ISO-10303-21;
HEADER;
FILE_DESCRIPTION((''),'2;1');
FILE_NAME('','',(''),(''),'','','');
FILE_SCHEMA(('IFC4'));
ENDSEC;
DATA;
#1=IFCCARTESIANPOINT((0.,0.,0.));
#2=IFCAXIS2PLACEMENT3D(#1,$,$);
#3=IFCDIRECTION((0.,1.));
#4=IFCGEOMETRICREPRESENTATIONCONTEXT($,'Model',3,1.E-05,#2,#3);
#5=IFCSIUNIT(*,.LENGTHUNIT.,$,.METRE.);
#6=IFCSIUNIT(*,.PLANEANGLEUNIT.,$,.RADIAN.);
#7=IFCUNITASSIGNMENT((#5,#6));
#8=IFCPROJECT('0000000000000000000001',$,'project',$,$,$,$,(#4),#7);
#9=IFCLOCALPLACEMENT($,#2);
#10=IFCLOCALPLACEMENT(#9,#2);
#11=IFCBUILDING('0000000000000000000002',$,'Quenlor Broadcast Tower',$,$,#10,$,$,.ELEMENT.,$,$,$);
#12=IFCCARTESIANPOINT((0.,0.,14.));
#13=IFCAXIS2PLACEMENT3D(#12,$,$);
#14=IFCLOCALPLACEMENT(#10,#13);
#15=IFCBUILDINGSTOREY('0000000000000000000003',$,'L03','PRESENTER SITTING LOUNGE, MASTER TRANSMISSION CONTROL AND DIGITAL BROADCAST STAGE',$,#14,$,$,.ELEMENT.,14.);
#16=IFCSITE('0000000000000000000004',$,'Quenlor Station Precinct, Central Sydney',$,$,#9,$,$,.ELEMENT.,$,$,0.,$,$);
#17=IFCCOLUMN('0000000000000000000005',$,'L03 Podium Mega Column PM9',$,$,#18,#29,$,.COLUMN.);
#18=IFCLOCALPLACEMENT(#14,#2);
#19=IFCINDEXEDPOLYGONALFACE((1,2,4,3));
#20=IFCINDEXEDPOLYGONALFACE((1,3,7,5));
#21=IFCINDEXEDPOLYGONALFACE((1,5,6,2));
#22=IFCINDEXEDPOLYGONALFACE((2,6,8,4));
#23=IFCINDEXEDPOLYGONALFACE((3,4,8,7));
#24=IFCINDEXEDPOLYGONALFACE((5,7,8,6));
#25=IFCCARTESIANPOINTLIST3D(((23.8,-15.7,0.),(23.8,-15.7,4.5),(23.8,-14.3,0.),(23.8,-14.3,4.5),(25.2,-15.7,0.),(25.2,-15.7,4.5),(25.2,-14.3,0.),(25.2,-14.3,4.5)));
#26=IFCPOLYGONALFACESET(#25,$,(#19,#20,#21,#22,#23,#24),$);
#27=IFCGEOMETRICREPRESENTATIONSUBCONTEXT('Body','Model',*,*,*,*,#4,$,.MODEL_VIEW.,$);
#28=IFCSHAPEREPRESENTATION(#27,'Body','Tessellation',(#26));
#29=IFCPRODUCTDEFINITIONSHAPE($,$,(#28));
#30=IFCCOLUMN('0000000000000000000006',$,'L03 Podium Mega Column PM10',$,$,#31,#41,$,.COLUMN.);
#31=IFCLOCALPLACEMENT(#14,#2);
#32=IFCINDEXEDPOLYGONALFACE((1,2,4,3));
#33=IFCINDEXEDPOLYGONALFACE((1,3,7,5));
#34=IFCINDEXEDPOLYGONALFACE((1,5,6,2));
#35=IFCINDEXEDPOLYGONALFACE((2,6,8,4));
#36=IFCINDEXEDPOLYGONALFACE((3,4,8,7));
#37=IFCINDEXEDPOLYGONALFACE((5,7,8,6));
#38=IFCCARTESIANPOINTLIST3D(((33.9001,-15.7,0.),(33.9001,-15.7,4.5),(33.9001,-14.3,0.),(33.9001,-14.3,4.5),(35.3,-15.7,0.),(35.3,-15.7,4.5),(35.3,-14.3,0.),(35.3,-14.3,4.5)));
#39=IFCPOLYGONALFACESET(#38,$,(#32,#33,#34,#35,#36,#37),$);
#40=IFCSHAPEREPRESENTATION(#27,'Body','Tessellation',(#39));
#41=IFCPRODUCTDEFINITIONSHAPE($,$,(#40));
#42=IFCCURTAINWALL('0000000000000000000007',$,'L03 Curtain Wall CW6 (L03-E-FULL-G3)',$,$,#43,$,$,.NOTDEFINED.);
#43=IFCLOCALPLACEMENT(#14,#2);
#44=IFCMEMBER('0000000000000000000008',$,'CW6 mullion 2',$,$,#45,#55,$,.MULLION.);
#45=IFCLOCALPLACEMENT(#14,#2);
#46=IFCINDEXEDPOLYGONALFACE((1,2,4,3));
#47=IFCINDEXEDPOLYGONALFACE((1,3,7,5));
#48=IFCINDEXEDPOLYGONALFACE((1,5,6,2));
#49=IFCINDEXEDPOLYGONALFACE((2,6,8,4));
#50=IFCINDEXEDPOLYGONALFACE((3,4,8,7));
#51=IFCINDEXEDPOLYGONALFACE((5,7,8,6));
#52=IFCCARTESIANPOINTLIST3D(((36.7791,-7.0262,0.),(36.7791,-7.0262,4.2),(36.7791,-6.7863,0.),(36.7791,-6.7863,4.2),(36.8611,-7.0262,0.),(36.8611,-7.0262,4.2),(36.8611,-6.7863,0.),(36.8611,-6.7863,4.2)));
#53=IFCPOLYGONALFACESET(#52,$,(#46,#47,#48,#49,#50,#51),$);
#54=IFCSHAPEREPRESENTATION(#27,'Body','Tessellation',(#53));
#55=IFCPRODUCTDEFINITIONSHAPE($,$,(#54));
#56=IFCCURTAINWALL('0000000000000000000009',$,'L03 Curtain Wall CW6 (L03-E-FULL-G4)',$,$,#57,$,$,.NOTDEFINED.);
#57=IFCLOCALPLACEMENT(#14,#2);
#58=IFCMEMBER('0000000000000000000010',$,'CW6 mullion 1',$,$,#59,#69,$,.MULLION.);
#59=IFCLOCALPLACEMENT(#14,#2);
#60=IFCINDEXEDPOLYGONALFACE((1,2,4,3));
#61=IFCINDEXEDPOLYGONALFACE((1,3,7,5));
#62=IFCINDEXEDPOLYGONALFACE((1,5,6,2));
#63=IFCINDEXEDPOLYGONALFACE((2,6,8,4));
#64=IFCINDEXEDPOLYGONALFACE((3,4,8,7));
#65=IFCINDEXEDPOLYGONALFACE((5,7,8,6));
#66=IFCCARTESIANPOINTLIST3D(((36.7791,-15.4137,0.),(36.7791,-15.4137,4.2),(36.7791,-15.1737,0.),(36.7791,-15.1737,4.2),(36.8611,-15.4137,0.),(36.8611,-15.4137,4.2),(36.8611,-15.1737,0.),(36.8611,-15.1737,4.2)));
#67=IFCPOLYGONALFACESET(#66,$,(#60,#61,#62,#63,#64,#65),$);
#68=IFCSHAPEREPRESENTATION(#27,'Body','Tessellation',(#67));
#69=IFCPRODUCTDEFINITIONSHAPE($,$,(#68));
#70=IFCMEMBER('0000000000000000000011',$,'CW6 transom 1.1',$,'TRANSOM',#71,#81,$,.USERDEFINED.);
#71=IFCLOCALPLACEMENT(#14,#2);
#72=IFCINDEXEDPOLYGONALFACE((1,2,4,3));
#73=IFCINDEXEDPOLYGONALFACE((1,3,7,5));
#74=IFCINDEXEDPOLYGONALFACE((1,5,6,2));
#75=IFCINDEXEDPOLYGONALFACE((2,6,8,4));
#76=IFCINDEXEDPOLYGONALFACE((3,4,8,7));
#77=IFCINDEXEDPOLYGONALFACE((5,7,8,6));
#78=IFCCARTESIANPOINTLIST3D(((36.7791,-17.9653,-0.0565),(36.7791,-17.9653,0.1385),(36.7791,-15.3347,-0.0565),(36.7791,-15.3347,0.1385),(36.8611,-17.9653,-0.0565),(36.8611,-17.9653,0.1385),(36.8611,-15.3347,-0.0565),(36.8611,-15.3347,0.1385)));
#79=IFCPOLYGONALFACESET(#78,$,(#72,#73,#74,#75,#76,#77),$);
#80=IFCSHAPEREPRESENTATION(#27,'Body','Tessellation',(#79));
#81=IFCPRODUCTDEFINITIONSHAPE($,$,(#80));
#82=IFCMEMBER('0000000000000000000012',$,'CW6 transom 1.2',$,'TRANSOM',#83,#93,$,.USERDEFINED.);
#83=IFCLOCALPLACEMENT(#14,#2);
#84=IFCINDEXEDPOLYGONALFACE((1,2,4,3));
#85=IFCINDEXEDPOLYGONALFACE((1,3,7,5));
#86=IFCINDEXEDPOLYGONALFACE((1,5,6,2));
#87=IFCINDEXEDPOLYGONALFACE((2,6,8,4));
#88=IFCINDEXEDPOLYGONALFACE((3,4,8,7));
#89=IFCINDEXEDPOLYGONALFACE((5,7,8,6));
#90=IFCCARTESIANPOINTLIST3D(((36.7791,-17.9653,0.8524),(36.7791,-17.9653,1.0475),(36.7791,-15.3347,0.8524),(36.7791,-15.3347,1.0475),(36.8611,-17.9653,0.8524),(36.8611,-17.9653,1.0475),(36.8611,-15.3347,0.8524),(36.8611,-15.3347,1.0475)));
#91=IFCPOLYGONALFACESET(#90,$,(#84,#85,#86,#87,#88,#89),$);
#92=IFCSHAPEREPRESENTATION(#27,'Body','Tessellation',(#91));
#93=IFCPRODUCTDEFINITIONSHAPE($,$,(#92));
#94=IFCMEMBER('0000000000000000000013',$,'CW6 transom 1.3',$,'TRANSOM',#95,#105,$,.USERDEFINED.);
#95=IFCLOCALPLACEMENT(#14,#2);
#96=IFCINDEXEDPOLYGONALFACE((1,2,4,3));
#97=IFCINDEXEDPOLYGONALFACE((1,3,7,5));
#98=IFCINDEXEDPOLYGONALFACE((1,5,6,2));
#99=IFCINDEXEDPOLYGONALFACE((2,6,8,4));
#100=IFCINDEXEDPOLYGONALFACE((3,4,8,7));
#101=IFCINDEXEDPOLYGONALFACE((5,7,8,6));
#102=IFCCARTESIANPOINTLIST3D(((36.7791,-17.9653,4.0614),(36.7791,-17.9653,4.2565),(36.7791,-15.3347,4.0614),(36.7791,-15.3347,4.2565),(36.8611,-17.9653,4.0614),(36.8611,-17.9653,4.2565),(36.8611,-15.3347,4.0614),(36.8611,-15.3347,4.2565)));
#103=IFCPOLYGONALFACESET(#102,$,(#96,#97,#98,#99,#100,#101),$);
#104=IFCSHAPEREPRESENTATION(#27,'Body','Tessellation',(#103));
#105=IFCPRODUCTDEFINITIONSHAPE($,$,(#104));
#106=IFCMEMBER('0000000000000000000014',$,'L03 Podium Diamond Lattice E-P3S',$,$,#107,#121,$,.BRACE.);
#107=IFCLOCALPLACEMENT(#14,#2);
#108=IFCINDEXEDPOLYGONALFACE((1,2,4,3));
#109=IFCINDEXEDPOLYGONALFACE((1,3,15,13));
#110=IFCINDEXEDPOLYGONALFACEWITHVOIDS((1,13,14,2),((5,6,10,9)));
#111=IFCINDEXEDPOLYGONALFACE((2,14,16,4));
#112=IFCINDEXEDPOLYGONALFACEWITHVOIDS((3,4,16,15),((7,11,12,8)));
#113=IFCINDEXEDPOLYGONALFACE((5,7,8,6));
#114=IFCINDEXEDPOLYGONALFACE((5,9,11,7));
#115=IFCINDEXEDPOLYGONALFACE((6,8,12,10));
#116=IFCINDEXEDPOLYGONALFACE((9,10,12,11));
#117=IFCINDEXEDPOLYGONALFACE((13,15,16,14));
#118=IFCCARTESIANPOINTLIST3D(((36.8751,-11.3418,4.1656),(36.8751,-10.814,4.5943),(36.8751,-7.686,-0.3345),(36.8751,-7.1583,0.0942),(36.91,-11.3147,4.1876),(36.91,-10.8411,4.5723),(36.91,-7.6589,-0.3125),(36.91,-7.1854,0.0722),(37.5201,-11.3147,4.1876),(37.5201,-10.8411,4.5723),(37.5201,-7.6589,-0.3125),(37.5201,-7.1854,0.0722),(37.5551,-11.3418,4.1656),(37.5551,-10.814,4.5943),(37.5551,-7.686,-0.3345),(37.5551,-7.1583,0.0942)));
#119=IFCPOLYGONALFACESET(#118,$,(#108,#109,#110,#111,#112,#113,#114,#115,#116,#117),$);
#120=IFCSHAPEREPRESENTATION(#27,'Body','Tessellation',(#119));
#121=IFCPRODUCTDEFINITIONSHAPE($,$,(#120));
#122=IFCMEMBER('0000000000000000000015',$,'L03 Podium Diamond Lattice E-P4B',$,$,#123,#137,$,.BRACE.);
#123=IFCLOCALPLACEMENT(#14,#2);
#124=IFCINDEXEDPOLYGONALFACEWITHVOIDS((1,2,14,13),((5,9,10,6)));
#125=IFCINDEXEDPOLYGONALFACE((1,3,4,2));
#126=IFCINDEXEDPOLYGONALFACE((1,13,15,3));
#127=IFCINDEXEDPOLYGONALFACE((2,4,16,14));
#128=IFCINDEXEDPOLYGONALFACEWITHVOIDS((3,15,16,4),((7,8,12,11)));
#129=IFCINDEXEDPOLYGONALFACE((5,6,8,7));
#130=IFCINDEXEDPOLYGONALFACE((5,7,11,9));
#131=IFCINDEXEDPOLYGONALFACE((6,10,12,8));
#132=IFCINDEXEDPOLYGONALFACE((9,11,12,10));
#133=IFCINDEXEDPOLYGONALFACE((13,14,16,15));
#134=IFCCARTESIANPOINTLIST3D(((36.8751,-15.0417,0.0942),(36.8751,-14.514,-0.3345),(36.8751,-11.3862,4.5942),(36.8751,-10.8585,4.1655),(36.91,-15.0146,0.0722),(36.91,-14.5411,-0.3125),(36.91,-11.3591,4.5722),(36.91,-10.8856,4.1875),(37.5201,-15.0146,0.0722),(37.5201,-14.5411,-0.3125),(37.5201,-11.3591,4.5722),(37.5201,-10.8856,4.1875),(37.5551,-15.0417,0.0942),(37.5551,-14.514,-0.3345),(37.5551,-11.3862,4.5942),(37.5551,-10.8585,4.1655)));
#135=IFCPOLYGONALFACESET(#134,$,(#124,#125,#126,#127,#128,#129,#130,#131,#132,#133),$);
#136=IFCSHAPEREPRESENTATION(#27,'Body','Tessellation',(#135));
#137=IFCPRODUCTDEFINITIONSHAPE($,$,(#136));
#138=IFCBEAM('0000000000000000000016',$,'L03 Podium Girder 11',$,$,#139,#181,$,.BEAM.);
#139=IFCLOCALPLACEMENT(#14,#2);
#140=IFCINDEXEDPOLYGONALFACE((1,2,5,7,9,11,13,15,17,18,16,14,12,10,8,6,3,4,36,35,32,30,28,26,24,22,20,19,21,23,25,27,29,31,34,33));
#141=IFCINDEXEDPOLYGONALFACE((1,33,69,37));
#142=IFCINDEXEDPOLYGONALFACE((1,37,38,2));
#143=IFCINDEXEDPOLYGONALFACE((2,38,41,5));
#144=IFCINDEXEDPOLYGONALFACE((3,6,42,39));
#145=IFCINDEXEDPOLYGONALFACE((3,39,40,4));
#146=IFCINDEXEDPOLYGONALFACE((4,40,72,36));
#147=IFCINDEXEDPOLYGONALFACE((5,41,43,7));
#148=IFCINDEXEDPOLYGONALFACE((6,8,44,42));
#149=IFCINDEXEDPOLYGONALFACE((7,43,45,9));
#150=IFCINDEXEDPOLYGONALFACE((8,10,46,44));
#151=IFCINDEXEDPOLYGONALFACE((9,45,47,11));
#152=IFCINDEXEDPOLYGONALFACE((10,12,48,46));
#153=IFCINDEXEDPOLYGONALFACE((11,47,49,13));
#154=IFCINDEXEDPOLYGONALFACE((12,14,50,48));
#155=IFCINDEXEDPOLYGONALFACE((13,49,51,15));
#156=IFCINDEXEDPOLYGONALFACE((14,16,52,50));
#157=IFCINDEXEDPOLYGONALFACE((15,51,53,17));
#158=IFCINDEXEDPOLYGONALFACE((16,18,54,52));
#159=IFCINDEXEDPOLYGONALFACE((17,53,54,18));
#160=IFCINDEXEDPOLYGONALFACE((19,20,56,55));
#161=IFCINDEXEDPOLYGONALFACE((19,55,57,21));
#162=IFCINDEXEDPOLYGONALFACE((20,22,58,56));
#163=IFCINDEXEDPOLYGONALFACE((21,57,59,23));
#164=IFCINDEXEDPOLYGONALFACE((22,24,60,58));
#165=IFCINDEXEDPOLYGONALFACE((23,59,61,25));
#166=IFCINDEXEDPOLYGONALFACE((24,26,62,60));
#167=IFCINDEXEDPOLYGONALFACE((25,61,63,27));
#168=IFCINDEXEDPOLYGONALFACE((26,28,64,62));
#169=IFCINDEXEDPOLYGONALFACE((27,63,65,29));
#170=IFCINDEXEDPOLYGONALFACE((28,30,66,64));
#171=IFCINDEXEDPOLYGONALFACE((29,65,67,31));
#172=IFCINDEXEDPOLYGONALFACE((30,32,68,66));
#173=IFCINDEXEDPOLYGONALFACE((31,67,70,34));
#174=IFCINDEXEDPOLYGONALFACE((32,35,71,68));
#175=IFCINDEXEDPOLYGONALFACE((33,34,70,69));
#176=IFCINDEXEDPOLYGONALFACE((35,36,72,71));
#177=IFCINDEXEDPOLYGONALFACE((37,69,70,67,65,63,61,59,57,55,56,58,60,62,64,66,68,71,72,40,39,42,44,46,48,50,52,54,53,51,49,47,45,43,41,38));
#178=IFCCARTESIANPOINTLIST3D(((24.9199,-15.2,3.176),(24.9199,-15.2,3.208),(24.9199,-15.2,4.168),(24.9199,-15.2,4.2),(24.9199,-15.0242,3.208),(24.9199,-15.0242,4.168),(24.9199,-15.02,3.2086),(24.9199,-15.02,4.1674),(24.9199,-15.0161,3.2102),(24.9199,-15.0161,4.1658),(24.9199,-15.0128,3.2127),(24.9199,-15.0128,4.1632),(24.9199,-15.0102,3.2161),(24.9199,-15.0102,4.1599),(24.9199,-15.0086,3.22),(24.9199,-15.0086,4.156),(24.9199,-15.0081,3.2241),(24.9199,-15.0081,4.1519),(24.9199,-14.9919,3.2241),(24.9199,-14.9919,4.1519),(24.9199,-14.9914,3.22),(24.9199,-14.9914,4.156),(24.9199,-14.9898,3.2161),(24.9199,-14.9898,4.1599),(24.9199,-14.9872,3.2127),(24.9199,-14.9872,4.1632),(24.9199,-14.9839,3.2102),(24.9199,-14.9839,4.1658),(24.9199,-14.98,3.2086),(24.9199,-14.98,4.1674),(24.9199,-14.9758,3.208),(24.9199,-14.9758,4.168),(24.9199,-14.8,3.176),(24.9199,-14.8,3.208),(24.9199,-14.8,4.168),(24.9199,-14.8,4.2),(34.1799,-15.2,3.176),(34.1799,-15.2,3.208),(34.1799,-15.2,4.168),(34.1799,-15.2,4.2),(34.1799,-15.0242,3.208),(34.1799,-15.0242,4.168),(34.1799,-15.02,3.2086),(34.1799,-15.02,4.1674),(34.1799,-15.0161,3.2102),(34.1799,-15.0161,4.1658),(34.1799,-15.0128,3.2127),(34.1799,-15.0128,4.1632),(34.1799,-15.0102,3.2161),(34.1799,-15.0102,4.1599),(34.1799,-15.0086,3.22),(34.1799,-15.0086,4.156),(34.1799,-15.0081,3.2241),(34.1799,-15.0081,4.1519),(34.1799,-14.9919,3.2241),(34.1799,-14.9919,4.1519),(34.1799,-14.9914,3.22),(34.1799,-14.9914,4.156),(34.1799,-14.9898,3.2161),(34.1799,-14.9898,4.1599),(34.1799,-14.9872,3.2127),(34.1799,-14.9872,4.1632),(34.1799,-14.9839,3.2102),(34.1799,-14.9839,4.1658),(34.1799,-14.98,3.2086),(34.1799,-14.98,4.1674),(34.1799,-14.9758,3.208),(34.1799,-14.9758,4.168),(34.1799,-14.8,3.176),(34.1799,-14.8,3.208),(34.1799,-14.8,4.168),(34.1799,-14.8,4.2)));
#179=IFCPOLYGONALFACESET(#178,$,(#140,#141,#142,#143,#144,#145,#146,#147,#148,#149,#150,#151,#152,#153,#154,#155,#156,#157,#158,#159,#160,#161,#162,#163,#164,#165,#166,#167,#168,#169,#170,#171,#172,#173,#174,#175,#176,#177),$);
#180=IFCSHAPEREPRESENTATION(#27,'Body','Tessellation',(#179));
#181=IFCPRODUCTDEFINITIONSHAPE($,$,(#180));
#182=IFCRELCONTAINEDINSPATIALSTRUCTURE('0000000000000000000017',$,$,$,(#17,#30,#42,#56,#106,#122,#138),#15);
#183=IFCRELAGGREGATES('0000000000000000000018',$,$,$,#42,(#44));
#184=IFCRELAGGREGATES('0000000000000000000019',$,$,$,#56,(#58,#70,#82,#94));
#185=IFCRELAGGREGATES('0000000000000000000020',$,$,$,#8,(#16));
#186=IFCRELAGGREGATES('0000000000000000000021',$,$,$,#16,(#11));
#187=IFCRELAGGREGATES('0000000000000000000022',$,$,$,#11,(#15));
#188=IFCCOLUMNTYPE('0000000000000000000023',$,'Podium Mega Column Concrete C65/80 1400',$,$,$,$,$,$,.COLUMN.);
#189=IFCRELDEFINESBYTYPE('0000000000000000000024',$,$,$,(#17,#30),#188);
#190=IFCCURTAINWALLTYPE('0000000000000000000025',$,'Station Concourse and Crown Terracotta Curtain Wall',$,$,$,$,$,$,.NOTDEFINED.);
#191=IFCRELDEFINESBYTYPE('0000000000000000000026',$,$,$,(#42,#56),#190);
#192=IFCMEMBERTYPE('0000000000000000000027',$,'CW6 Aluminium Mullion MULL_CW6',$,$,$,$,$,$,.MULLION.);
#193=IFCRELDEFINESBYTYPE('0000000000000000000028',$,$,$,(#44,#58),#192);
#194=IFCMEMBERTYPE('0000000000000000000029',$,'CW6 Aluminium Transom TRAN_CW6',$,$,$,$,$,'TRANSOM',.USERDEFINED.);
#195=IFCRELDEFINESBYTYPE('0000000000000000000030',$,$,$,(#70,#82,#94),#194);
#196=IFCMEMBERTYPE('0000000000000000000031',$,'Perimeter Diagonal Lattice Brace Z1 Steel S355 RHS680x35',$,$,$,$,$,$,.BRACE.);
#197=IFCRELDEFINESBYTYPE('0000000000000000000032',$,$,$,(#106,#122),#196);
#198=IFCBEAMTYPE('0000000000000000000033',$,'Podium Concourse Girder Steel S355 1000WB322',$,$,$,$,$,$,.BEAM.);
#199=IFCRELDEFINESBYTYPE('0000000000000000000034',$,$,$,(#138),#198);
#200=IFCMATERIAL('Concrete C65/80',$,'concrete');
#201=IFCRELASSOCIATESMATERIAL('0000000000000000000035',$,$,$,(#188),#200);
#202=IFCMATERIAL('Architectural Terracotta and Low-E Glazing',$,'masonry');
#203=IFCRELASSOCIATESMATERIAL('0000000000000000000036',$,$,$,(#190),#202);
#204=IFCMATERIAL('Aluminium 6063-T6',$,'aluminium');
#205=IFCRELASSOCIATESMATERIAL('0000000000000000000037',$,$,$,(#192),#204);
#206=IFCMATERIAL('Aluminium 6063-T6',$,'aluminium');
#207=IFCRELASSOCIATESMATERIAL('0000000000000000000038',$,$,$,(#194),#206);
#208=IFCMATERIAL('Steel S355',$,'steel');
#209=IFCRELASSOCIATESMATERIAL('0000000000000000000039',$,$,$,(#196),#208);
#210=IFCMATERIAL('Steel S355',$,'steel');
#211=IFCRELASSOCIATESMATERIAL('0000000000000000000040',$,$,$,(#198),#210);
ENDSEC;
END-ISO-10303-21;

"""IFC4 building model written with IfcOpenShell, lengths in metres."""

from ifc_helpers import new_model, si_unit, direction, frame, origin, origin_2d, place, context, subcontext, project, spatial, rectangle, hollow_rectangle, i_section, extrude, material, material_profile, profile_set, type_object, element, aggregate, save


model = new_model("IFC4")

# Units and contexts
model_context = context("Model", 3, precision=1e-05, world=origin(), true_north=direction((0.0, 1.0)))
body_context = subcontext(model_context, "Body", "Model", "MODEL_VIEW")
ifc_project = project(units=[si_unit("LENGTHUNIT", "METRE"), si_unit("PLANEANGLEUNIT", "RADIAN")], contexts=[model_context])

# Site, building, storey
site_placement = place(None, origin())
site = spatial("IfcSite", under=ifc_project, at=site_placement, Name="Quenlor Station Precinct, Central Sydney", CompositionType="ELEMENT", RefElevation=0.0)
building_placement = place(site_placement, origin())
building = spatial("IfcBuilding", under=site, at=building_placement, Name="Quenlor Broadcast Tower", CompositionType="ELEMENT")
storey_placement = place(building_placement, frame((0.0, 0.0, 14.0)))
storey = spatial("IfcBuildingStorey", under=building, at=storey_placement, Name="L03", Description="PRESENTER SITTING LOUNGE, MASTER TRANSMISSION CONTROL AND DIGITAL BROADCAST STAGE", CompositionType="ELEMENT", Elevation=14.0)

# Columns
ifc_material_1 = material(Name="Concrete C65/80", Category="concrete")
ifc_material_profile_1 = material_profile(ifc_material_1, rectangle(XDim=1.3999, YDim=1.3999, at=origin_2d()))
ifc_profile_set_1 = profile_set([ifc_material_profile_1], Name="Concrete C65/80 RC1400x1400")
column_type = type_object("IfcColumnType", Name="Podium Mega Column Concrete C65/80 1400", PredefinedType="COLUMN", material=ifc_profile_set_1)
for number, where, z_axis, x_axis, name in (
    (1, (24.5, -15.0, 0.0), (0.0, 0.0, 1.0), (1.0, 0.0, 0.0), "L03 Podium Mega Column PM9"),
    (2, (34.6001, -15.0, 0.0), (0.0, 0.0, 1.0), (1.0, 0.0, 0.0), "L03 Podium Mega Column PM10"),
):
    element("IfcColumn", number, at=place(storey_placement, frame(where, z_axis=z_axis, x_axis=x_axis)), inside=storey, type_object=column_type, Name=name, PredefinedType="COLUMN", context=body_context, shape_type="SweptSolid", body=[
        extrude(rectangle(XDim=1.3999, YDim=1.3999, at=origin_2d()), origin(), (0.0, 0.0, 1.0), 4.5),
    ])

# Curtain wall, member
ifc_material_2 = material(Name="Architectural Terracotta and Low-E Glazing", Category="masonry")
curtain_wall_type = type_object("IfcCurtainWallType", Name="Station Concourse and Crown Terracotta Curtain Wall", PredefinedType="NOTDEFINED", material=ifc_material_2)
curtain_wall_1_placement = place(storey_placement, origin())
curtain_wall_1 = element("IfcCurtainWall", 3, at=curtain_wall_1_placement, inside=storey, type_object=curtain_wall_type, Name="L03 Curtain Wall CW6 (L03-E-FULL-G3)", PredefinedType="NOTDEFINED")
ifc_material_3 = material(Name="Aluminium 6063-T6", Category="aluminium")
ifc_material_profile_2 = material_profile(ifc_material_3, rectangle(XDim=0.082, YDim=0.24, at=origin_2d()))
ifc_profile_set_2 = profile_set([ifc_material_profile_2], Name="Aluminium 6063-T6 MULL82x240")
member_type_1 = type_object("IfcMemberType", Name="CW6 Aluminium Mullion MULL_CW6", PredefinedType="MULLION", material=ifc_profile_set_2)
member_1_placement = place(storey_placement, frame((36.8201, -6.9062, 0.0), z_axis=(0.0, 0.0, 1.0), x_axis=(1.0, 0.0, 0.0)))
member_1 = element("IfcMember", 4, at=member_1_placement, type_object=member_type_1, Name="CW6 mullion 2", PredefinedType="MULLION", context=body_context, shape_type="SweptSolid", body=[
    extrude(rectangle(XDim=0.082, YDim=0.24, at=origin_2d()), origin(), (0.0, 0.0, 1.0), 4.2),
])
aggregate(curtain_wall_1, [member_1])

# Curtain wall, members
curtain_wall_2_placement = place(storey_placement, origin())
curtain_wall_2 = element("IfcCurtainWall", 5, at=curtain_wall_2_placement, inside=storey, type_object=curtain_wall_type, Name="L03 Curtain Wall CW6 (L03-E-FULL-G4)", PredefinedType="NOTDEFINED")
member_2_placement = place(storey_placement, frame((36.8201, -15.2937, 0.0), z_axis=(0.0, 0.0, 1.0), x_axis=(1.0, 0.0, 0.0)))
member_2 = element("IfcMember", 6, at=member_2_placement, type_object=member_type_1, Name="CW6 mullion 1", PredefinedType="MULLION", context=body_context, shape_type="SweptSolid", body=[
    extrude(rectangle(XDim=0.082, YDim=0.24, at=origin_2d()), origin(), (0.0, 0.0, 1.0), 4.2),
])
ifc_material_4 = material(Name="Aluminium 6063-T6", Category="aluminium")
ifc_material_profile_3 = material_profile(ifc_material_4, rectangle(XDim=0.082, YDim=0.1951, at=origin_2d()))
ifc_profile_set_3 = profile_set([ifc_material_profile_3], Name="Aluminium 6063-T6 TRAN82x195")
member_type_2 = type_object("IfcMemberType", Name="CW6 Aluminium Transom TRAN_CW6", ElementType="TRANSOM", PredefinedType="USERDEFINED", material=ifc_profile_set_3)
member_3_placement = place(storey_placement, frame((36.8201, -15.3347, 0.041), z_axis=(0.0, -1.0, 0.0), x_axis=(1.0, 0.0, 0.0)))
member_3 = element("IfcMember", 7, at=member_3_placement, type_object=member_type_2, Name="CW6 transom 1.1", ObjectType="TRANSOM", PredefinedType="USERDEFINED", context=body_context, shape_type="SweptSolid", body=[
    extrude(rectangle(XDim=0.082, YDim=0.1951, at=origin_2d()), origin(), (0.0, 0.0, 1.0), 2.6306),
])
member_4_placement = place(storey_placement, frame((36.8201, -15.3347, 0.95), z_axis=(0.0, -1.0, 0.0), x_axis=(1.0, 0.0, 0.0)))
member_4 = element("IfcMember", 8, at=member_4_placement, type_object=member_type_2, Name="CW6 transom 1.2", ObjectType="TRANSOM", PredefinedType="USERDEFINED", context=body_context, shape_type="SweptSolid", body=[
    extrude(rectangle(XDim=0.082, YDim=0.1951, at=origin_2d()), origin(), (0.0, 0.0, 1.0), 2.6306),
])
member_5_placement = place(storey_placement, frame((36.8201, -15.3347, 4.1589), z_axis=(0.0, -1.0, 0.0), x_axis=(1.0, 0.0, 0.0)))
member_5 = element("IfcMember", 9, at=member_5_placement, type_object=member_type_2, Name="CW6 transom 1.3", ObjectType="TRANSOM", PredefinedType="USERDEFINED", context=body_context, shape_type="SweptSolid", body=[
    extrude(rectangle(XDim=0.082, YDim=0.1951, at=origin_2d()), origin(), (0.0, 0.0, 1.0), 2.6306),
])
aggregate(curtain_wall_2, [member_2, member_3, member_4, member_5])

# Members
ifc_material_5 = material(Name="Steel S355", Category="steel")
ifc_material_profile_4 = material_profile(ifc_material_5, hollow_rectangle(XDim=0.6799, YDim=0.6799, WallThickness=0.0349, at=origin_2d()))
ifc_profile_set_4 = profile_set([ifc_material_profile_4], Name="Steel S355 RHS680x680x35")
member_type_3 = type_object("IfcMemberType", Name="Perimeter Diagonal Lattice Brace Z1 Steel S355 RHS680x35", PredefinedType="BRACE", material=ifc_profile_set_4)
member_6_placement = place(storey_placement, frame((37.2151, -7.4221, -0.1201), z_axis=(0.0, -0.630542, 0.776155), x_axis=(1.0, 0.0, 0.0)))
element("IfcMember", 10, at=member_6_placement, inside=storey, type_object=member_type_3, Name="L03 Podium Diamond Lattice E-P3S", PredefinedType="BRACE", context=body_context, shape_type="SweptSolid", body=[
    extrude(hollow_rectangle(XDim=0.6799, YDim=0.6799, WallThickness=0.0349, at=origin_2d()), origin(), (0.0, 0.0, 1.0), 5.7979),
])
member_7_placement = place(storey_placement, frame((37.2151, -14.7778, -0.1201), z_axis=(0.0, 0.630517, 0.776176), x_axis=(-1.0, 0.0, 0.0)))
element("IfcMember", 11, at=member_7_placement, inside=storey, type_object=member_type_3, Name="L03 Podium Diamond Lattice E-P4B", PredefinedType="BRACE", context=body_context, shape_type="SweptSolid", body=[
    extrude(hollow_rectangle(XDim=0.6799, YDim=0.6799, WallThickness=0.0349, at=origin_2d()), origin(), (0.0, 0.0, 1.0), 5.7976),
])

# Beam
ifc_material_6 = material(Name="Steel S355", Category="steel")
ifc_material_profile_5 = material_profile(ifc_material_6, i_section(OverallWidth=0.3999, OverallDepth=1.0239, WebThickness=0.0161, FlangeThickness=0.032, FilletRadius=0.0161, at=origin_2d()))
ifc_profile_set_5 = profile_set([ifc_material_profile_5], Name="Steel S355 1000WB322")
beam_type_1 = type_object("IfcBeamType", Name="Podium Concourse Girder Steel S355 1000WB322", PredefinedType="BEAM", material=ifc_profile_set_5)
beam_placement = place(storey_placement, frame((24.9199, -15.0, 3.688), z_axis=(1.0, 0.0, 0.0), x_axis=(0.0, 1.0, 0.0)))
element("IfcBeam", 12, at=beam_placement, inside=storey, type_object=beam_type_1, Name="L03 Podium Girder 11", PredefinedType="BEAM", context=body_context, shape_type="SweptSolid", body=[
    extrude(i_section(OverallWidth=0.3999, OverallDepth=1.0239, WebThickness=0.0161, FlangeThickness=0.032, FilletRadius=0.0161, at=origin_2d()), origin(), (0.0, 0.0, 1.0), 9.26),
])

save(model, "model.ifc")
